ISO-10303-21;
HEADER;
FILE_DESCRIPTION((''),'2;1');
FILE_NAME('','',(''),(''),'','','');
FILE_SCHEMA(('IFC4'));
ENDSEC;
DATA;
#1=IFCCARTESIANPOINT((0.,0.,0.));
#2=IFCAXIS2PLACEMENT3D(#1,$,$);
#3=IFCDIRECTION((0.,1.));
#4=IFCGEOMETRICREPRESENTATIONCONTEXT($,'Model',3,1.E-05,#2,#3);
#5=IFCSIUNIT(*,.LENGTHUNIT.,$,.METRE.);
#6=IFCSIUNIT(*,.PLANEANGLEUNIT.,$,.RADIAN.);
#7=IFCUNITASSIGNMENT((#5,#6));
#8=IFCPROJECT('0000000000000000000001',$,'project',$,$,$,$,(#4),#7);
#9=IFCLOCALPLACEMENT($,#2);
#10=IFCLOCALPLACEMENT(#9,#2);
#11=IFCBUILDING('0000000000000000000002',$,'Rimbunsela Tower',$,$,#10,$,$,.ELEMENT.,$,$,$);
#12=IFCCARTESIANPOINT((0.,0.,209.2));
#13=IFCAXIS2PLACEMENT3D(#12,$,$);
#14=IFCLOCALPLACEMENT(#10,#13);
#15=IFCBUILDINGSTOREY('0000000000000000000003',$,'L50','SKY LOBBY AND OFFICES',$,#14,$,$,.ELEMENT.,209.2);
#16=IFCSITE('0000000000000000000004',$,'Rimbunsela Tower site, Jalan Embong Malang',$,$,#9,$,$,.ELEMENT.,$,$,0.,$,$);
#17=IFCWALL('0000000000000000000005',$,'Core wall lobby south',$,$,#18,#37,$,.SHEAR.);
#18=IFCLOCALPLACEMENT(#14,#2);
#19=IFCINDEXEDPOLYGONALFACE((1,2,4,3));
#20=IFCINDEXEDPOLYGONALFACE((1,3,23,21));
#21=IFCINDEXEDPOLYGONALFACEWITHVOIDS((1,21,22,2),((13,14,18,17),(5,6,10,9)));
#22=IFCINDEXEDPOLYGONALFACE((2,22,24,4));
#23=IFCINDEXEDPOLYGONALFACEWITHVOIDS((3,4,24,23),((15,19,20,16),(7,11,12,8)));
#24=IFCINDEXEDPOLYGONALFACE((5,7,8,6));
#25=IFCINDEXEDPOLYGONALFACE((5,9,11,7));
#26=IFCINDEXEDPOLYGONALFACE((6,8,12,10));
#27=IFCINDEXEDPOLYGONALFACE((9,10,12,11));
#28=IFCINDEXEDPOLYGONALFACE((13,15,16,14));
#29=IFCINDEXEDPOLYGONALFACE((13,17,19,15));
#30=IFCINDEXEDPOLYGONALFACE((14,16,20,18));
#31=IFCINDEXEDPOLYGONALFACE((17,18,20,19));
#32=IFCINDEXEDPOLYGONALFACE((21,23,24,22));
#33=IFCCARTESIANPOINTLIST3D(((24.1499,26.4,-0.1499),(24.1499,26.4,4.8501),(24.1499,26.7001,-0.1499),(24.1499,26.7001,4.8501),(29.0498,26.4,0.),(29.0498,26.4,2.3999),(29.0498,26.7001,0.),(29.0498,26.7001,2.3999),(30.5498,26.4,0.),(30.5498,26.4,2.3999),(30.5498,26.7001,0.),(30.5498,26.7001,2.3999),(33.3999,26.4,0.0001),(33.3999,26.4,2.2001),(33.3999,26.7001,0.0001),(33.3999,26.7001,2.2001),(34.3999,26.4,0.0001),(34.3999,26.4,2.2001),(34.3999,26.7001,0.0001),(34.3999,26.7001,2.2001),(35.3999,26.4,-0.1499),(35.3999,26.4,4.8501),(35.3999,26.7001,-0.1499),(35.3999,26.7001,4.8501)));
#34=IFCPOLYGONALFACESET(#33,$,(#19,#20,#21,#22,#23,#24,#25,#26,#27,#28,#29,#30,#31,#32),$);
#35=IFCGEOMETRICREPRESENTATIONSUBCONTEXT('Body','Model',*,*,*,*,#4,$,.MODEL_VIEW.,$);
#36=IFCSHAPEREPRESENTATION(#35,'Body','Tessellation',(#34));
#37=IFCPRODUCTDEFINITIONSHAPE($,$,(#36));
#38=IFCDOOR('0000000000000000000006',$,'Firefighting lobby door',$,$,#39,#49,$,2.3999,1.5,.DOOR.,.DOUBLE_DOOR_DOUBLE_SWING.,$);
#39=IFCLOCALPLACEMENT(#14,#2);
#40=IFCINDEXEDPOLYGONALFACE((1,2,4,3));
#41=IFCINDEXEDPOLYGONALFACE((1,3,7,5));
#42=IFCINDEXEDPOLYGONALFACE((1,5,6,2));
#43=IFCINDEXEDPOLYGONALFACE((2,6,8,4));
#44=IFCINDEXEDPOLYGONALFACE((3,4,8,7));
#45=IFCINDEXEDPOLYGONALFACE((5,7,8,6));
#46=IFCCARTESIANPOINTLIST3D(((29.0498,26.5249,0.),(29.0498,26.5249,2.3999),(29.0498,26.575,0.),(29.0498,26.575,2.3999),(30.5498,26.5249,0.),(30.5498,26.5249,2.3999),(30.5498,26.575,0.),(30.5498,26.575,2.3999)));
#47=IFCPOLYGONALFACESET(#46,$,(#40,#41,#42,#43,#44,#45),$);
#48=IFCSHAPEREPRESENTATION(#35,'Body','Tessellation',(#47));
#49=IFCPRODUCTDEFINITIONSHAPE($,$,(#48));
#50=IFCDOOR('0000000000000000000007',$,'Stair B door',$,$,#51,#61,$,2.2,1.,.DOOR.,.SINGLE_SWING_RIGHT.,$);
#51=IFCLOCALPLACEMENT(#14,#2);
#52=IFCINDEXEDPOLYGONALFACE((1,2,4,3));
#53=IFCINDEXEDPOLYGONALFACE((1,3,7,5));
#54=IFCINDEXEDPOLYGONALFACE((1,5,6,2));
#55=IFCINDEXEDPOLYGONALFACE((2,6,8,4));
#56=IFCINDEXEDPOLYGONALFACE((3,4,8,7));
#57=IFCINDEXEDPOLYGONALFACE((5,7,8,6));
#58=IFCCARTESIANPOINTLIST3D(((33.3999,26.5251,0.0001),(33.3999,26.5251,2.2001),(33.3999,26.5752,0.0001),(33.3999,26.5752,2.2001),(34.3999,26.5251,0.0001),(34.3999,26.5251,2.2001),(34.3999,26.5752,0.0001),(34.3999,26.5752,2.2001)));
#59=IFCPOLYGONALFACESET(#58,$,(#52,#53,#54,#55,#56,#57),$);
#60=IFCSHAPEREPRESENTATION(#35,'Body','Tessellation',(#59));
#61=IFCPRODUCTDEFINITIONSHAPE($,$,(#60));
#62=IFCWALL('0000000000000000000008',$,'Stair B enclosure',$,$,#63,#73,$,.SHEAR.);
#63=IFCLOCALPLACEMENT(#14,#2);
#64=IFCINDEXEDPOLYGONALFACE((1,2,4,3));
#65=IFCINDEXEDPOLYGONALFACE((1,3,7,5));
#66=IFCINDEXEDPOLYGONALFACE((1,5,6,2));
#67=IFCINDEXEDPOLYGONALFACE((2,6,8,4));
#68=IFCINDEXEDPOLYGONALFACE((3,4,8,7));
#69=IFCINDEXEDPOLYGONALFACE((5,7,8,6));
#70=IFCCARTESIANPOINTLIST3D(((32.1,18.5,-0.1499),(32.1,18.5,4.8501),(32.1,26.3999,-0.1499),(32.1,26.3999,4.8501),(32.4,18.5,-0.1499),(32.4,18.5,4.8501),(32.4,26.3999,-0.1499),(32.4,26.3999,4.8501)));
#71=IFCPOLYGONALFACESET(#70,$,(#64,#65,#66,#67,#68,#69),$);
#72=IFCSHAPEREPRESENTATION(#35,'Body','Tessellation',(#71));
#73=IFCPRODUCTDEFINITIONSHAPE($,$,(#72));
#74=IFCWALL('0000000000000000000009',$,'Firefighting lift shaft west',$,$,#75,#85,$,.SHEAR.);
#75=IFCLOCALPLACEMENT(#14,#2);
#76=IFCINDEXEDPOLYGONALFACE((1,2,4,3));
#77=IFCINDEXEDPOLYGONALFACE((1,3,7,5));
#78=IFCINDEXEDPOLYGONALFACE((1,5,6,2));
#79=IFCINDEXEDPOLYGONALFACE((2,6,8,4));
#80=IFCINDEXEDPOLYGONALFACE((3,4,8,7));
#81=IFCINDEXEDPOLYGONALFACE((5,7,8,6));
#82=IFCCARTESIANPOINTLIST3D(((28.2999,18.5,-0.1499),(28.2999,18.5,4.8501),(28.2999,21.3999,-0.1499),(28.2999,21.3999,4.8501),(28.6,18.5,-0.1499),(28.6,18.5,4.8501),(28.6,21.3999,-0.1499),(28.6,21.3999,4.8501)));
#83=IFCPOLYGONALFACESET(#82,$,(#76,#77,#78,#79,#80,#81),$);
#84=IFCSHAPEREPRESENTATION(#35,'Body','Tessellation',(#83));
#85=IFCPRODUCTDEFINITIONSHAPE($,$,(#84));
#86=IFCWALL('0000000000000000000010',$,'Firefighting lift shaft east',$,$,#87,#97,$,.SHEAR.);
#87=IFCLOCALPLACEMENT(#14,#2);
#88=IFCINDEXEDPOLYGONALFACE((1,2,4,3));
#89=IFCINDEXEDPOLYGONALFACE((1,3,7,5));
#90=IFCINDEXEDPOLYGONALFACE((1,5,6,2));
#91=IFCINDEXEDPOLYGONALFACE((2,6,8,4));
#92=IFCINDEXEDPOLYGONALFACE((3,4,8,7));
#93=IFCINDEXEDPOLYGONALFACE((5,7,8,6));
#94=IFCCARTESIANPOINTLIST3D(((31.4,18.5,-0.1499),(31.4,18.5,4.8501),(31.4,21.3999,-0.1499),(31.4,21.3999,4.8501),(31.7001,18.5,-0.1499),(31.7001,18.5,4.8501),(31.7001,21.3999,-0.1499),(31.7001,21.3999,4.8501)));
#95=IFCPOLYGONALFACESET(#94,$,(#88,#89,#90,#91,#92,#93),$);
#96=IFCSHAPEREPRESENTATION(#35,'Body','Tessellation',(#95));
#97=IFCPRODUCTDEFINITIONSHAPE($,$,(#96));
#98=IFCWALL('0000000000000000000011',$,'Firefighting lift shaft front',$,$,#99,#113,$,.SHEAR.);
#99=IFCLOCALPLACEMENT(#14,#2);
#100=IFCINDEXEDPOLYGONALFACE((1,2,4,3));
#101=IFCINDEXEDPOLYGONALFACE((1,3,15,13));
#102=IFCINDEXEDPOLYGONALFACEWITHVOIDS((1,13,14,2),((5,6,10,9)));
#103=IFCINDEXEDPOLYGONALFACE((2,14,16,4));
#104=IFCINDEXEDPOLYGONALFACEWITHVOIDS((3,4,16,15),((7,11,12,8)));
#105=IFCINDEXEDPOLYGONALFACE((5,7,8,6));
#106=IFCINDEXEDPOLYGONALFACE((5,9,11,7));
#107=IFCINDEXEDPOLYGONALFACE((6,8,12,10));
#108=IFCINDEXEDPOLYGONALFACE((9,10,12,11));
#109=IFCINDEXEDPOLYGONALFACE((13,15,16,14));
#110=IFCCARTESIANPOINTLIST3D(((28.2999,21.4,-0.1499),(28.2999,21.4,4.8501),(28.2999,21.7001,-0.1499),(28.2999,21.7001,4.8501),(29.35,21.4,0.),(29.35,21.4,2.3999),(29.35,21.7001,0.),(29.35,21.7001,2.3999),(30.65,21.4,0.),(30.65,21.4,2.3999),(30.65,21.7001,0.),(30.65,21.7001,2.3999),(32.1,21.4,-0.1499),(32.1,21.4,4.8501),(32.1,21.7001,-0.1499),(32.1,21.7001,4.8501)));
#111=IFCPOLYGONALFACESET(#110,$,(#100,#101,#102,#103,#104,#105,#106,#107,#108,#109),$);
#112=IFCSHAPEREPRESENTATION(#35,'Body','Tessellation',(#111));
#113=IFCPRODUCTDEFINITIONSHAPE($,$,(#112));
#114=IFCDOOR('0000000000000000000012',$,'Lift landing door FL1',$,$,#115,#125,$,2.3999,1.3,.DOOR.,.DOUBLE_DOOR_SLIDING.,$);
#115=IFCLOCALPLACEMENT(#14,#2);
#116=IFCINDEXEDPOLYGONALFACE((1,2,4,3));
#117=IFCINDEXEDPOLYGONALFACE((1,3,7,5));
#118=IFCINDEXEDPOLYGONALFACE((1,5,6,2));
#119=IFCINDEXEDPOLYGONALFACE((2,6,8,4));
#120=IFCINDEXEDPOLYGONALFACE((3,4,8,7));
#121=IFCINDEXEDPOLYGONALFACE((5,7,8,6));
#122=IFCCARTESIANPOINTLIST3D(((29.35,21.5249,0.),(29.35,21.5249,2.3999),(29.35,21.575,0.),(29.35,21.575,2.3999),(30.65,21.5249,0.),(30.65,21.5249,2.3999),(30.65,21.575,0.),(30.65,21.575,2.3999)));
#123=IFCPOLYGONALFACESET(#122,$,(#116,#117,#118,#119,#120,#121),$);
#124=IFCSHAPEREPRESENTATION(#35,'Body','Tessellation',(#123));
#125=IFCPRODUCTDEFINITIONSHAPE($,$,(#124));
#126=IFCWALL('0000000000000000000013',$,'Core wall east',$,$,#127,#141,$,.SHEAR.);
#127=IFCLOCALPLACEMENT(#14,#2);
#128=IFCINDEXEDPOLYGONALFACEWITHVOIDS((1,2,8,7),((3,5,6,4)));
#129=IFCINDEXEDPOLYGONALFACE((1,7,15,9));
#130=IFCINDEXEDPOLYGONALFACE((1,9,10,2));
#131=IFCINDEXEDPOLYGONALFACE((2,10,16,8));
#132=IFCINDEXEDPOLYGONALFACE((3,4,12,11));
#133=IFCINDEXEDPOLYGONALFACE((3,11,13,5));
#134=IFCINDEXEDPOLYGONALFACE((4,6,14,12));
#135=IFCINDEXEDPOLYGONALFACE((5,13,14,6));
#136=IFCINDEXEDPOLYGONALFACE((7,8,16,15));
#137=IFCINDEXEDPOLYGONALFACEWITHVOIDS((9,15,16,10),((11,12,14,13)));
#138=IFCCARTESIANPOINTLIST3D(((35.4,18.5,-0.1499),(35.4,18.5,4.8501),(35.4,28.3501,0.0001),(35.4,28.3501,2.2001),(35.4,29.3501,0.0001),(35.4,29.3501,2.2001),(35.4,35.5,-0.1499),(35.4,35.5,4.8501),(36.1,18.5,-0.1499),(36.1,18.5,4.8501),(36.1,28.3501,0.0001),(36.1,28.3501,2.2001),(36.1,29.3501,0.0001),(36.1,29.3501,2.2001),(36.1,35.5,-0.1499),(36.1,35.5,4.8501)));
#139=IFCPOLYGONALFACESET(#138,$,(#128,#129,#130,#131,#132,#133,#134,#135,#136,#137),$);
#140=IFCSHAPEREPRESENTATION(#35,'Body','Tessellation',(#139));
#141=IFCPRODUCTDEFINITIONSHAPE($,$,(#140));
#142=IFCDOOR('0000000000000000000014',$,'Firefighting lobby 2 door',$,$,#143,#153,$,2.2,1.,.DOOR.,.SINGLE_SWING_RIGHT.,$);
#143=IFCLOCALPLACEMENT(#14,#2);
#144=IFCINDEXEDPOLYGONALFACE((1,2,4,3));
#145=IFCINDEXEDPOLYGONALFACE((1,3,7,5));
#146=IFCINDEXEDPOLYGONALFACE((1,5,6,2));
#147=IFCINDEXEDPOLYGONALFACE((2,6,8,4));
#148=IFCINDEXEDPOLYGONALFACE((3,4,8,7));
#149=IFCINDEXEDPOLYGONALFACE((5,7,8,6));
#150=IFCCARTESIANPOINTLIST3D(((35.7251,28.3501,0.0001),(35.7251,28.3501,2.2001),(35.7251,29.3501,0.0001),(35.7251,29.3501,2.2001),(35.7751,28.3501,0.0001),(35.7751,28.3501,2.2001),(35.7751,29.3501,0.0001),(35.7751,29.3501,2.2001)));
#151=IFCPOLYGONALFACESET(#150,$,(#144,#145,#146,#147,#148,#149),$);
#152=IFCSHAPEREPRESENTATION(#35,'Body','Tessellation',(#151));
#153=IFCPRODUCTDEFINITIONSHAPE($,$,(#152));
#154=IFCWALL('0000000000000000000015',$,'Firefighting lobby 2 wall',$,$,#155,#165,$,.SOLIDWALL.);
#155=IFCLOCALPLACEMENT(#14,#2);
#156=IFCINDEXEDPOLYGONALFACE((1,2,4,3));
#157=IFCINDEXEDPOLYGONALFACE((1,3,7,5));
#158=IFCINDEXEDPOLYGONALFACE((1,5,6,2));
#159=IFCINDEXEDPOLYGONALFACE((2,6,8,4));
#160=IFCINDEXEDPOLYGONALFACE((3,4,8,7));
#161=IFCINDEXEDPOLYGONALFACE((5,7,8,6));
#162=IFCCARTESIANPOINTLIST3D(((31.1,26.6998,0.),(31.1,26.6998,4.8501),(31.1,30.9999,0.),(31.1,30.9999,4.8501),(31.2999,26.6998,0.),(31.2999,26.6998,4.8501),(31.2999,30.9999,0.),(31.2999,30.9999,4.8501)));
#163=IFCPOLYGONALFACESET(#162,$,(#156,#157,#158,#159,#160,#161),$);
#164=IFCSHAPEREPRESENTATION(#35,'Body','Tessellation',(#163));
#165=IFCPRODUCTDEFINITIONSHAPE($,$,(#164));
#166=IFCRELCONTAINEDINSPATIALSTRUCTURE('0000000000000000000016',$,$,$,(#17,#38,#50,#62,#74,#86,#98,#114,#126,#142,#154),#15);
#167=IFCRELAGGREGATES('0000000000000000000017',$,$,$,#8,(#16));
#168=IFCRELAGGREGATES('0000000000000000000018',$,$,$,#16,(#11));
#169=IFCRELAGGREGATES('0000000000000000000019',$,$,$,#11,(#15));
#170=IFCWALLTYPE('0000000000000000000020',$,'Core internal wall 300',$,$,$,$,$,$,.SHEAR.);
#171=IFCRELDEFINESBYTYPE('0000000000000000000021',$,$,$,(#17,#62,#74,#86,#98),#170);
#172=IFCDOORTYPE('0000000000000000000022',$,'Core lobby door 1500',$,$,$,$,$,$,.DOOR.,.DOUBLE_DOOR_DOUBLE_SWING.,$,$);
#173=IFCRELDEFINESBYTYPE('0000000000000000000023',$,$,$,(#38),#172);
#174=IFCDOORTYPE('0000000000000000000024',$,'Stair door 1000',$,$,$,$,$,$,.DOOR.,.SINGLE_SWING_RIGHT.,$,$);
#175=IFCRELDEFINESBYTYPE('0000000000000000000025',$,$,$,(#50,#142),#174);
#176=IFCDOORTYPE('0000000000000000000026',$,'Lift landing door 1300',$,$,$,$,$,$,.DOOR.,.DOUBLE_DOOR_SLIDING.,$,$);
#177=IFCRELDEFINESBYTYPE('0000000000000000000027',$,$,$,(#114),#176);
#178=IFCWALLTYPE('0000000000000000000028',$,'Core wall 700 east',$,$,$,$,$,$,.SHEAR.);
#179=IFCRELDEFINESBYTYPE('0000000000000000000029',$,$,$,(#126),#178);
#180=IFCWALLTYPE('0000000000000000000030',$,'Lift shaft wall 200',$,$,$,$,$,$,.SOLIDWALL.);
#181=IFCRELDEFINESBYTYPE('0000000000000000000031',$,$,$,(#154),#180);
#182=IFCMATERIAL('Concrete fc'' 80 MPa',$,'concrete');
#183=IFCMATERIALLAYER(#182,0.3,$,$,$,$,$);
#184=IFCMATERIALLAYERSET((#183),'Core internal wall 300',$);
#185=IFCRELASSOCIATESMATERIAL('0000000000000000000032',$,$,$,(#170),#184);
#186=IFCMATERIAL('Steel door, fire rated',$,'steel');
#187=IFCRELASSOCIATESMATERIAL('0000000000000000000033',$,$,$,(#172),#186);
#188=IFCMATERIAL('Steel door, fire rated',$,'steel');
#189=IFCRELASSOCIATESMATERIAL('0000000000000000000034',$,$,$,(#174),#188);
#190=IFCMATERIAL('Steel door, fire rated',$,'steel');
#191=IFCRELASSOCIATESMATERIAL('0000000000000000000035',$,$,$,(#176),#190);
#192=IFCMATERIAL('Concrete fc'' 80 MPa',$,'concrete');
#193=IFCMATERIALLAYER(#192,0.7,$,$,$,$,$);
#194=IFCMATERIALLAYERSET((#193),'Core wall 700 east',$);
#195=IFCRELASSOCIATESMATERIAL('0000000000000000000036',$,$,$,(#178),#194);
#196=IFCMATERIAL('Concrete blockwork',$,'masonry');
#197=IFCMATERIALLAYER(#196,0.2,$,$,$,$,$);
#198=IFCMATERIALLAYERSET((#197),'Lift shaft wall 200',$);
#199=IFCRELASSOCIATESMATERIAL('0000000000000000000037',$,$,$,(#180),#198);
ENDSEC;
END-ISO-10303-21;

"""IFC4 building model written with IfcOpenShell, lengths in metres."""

from ifc_helpers import new_model, si_unit, direction, frame, frame_2d, origin, place, context, subcontext, project, spatial, rectangle, extrude, material, layer, layer_set, type_object, element, fill, save


model = new_model("IFC4")

# Units and contexts
model_context = context("Model", 3, precision=1e-05, world=origin(), true_north=direction((0.0, 1.0)))
body_context = subcontext(model_context, "Body", "Model", "MODEL_VIEW")
ifc_project = project(units=[si_unit("LENGTHUNIT", "METRE"), si_unit("PLANEANGLEUNIT", "RADIAN")], contexts=[model_context])

# Site, building, storey
site_placement = place(None, origin())
site = spatial("IfcSite", under=ifc_project, at=site_placement, Name="Rimbunsela Tower site, Jalan Embong Malang", CompositionType="ELEMENT", RefElevation=0.0)
building_placement = place(site_placement, origin())
building = spatial("IfcBuilding", under=site, at=building_placement, Name="Rimbunsela Tower", CompositionType="ELEMENT")
storey_placement = place(building_placement, frame((0.0, 0.0, 209.2)))
storey = spatial("IfcBuildingStorey", under=building, at=storey_placement, Name="L50", Description="SKY LOBBY AND OFFICES", CompositionType="ELEMENT", Elevation=209.2)

# Wall, openings, doors
ifc_material_1 = material(Name="Concrete fc' 80 MPa", Category="concrete")
ifc_layer_1 = layer(ifc_material_1, 0.3)
ifc_layer_set_1 = layer_set([ifc_layer_1], Name="Core internal wall 300")
wall_type_1 = type_object("IfcWallType", Name="Core internal wall 300", PredefinedType="SHEAR", material=ifc_layer_set_1)
wall_1_placement = place(storey_placement, frame((24.1499, 26.55, -0.1499), z_axis=(0.0, 0.0, 1.0), x_axis=(1.0, 0.0, 0.0)))
wall_1 = element("IfcWall", 1, at=wall_1_placement, inside=storey, type_object=wall_type_1, Name="Core wall lobby south", PredefinedType="SHEAR", context=body_context, shape_type="SweptSolid", body=[
    extrude(rectangle(XDim=11.25, YDim=0.3, at=frame_2d((5.625, 0.0))), origin(), (0.0, 0.0, 1.0), 5.0),
])
opening_1_placement = place(wall_1_placement, frame((9.25, 0.0, 0.1499)))
opening_1 = element("IfcOpeningElement", 2, at=opening_1_placement, cuts=wall_1, PredefinedType="OPENING", context=body_context, shape_type="SweptSolid", body=[
    extrude(rectangle(XDim=1.0, YDim=2.2, at=frame_2d((0.5, 1.1001))), frame((0.0, 0.1599, 0.0), z_axis=(0.0, -1.0, 0.0), x_axis=(1.0, 0.0, 0.0)), (0.0, 0.0, 1.0), 0.3201),
])
opening_2_placement = place(wall_1_placement, frame((4.8999, 0.0, 0.1499)))
opening_2 = element("IfcOpeningElement", 3, at=opening_2_placement, cuts=wall_1, PredefinedType="OPENING", context=body_context, shape_type="SweptSolid", body=[
    extrude(rectangle(XDim=1.5, YDim=2.3999, at=frame_2d((0.75, 1.2))), frame((0.0, 0.1599, 0.0), z_axis=(0.0, -1.0, 0.0), x_axis=(1.0, 0.0, 0.0)), (0.0, 0.0, 1.0), 0.3201),
])
ifc_material_2 = material(Name="Steel door, fire rated", Category="steel")
door_type_1 = type_object("IfcDoorType", Name="Core lobby door 1500", OperationType="DOUBLE_DOOR_DOUBLE_SWING", PredefinedType="DOOR", material=ifc_material_2)
door_1_placement = place(opening_2_placement, origin())
door_1 = element("IfcDoor", 4, at=door_1_placement, inside=storey, type_object=door_type_1, Name="Firefighting lobby door", OperationType="DOUBLE_DOOR_DOUBLE_SWING", OverallHeight=2.3999, OverallWidth=1.5, PredefinedType="DOOR", context=body_context, shape_type="SweptSolid", body=[
    extrude(rectangle(XDim=1.5, YDim=2.3999, at=frame_2d((0.75, 1.2))), frame((0.0, 0.0249, 0.0), z_axis=(0.0, -1.0, 0.0), x_axis=(1.0, 0.0, 0.0)), (0.0, 0.0, 1.0), 0.05),
])
fill(opening_2, door_1)
ifc_material_3 = material(Name="Steel door, fire rated", Category="steel")
door_type_2 = type_object("IfcDoorType", Name="Stair door 1000", OperationType="SINGLE_SWING_RIGHT", PredefinedType="DOOR", material=ifc_material_3)
door_2_placement = place(opening_1_placement, frame((1.0, 0.0, 0.0), z_axis=(0.0, 0.0, 1.0), x_axis=(-1.0, 0.0, 0.0)))
door_2 = element("IfcDoor", 5, at=door_2_placement, inside=storey, type_object=door_type_2, Name="Stair B door", OperationType="SINGLE_SWING_RIGHT", OverallHeight=2.2, OverallWidth=1.0, PredefinedType="DOOR", context=body_context, shape_type="SweptSolid", body=[
    extrude(rectangle(XDim=1.0, YDim=2.2, at=frame_2d((0.5, 1.1001))), frame((0.0, 0.0249, 0.0), z_axis=(0.0, -1.0, 0.0), x_axis=(1.0, 0.0, 0.0)), (0.0, 0.0, 1.0), 0.05),
])
fill(opening_1, door_2)

# Walls
wall_2_placement = place(storey_placement, frame((32.25, 18.5, -0.1499), z_axis=(0.0, 0.0, 1.0), x_axis=(0.0, 1.0, 0.0)))
element("IfcWall", 6, at=wall_2_placement, inside=storey, type_object=wall_type_1, Name="Stair B enclosure", PredefinedType="SHEAR", context=body_context, shape_type="SweptSolid", body=[
    extrude(rectangle(XDim=7.8999, YDim=0.3, at=frame_2d((3.95, 0.0))), origin(), (0.0, 0.0, 1.0), 5.0),
])
for number, where, z_axis, x_axis, name in (
    (7, (28.45, 18.5, -0.1499), (0.0, 0.0, 1.0), (0.0, 1.0, 0.0), "Firefighting lift shaft west"),
    (8, (31.55, 18.5, -0.1499), (0.0, 0.0, 1.0), (0.0, 1.0, 0.0), "Firefighting lift shaft east"),
):
    element("IfcWall", number, at=place(storey_placement, frame(where, z_axis=z_axis, x_axis=x_axis)), inside=storey, type_object=wall_type_1, Name=name, PredefinedType="SHEAR", context=body_context, shape_type="SweptSolid", body=[
        extrude(rectangle(XDim=2.8999, YDim=0.3, at=frame_2d((1.45, 0.0))), origin(), (0.0, 0.0, 1.0), 5.0),
    ])

# Walls, openings, doors
wall_3_placement = place(storey_placement, frame((28.3, 21.55, -0.1499), z_axis=(0.0, 0.0, 1.0), x_axis=(1.0, 0.0, 0.0)))
wall_3 = element("IfcWall", 9, at=wall_3_placement, inside=storey, type_object=wall_type_1, Name="Firefighting lift shaft front", PredefinedType="SHEAR", context=body_context, shape_type="SweptSolid", body=[
    extrude(rectangle(XDim=3.8, YDim=0.3, at=frame_2d((1.8999, 0.0))), origin(), (0.0, 0.0, 1.0), 5.0),
])
opening_3_placement = place(wall_3_placement, frame((1.05, 0.0, 0.1499)))
opening_3 = element("IfcOpeningElement", 10, at=opening_3_placement, cuts=wall_3, PredefinedType="OPENING", context=body_context, shape_type="SweptSolid", body=[
    extrude(rectangle(XDim=1.3, YDim=2.3999, at=frame_2d((0.6499, 1.2))), frame((0.0, 0.1599, 0.0), z_axis=(0.0, -1.0, 0.0), x_axis=(1.0, 0.0, 0.0)), (0.0, 0.0, 1.0), 0.3201),
])
ifc_material_4 = material(Name="Steel door, fire rated", Category="steel")
door_type_3 = type_object("IfcDoorType", Name="Lift landing door 1300", OperationType="DOUBLE_DOOR_SLIDING", PredefinedType="DOOR", material=ifc_material_4)
door_3_placement = place(opening_3_placement, origin())
door_3 = element("IfcDoor", 11, at=door_3_placement, inside=storey, type_object=door_type_3, Name="Lift landing door FL1", OperationType="DOUBLE_DOOR_SLIDING", OverallHeight=2.3999, OverallWidth=1.3, PredefinedType="DOOR", context=body_context, shape_type="SweptSolid", body=[
    extrude(rectangle(XDim=1.3, YDim=2.3999, at=frame_2d((0.6499, 1.2))), frame((0.0, 0.0249, 0.0), z_axis=(0.0, -1.0, 0.0), x_axis=(1.0, 0.0, 0.0)), (0.0, 0.0, 1.0), 0.05),
])
fill(opening_3, door_3)
ifc_material_5 = material(Name="Concrete fc' 80 MPa", Category="concrete")
ifc_layer_2 = layer(ifc_material_5, 0.7)
ifc_layer_set_2 = layer_set([ifc_layer_2], Name="Core wall 700 east")
wall_type_2 = type_object("IfcWallType", Name="Core wall 700 east", PredefinedType="SHEAR", material=ifc_layer_set_2)
wall_4_placement = place(storey_placement, frame((35.75, 18.5, -0.1499), z_axis=(0.0, 0.0, 1.0), x_axis=(0.0, 1.0, 0.0)))
wall_4 = element("IfcWall", 12, at=wall_4_placement, inside=storey, type_object=wall_type_2, Name="Core wall east", PredefinedType="SHEAR", context=body_context, shape_type="SweptSolid", body=[
    extrude(rectangle(XDim=17.0, YDim=0.7, at=frame_2d((8.5, 0.0))), origin(), (0.0, 0.0, 1.0), 5.0),
])
opening_4_placement = place(wall_4_placement, frame((9.8501, 0.0, 0.1499)))
opening_4 = element("IfcOpeningElement", 13, at=opening_4_placement, cuts=wall_4, PredefinedType="OPENING", context=body_context, shape_type="SweptSolid", body=[
    extrude(rectangle(XDim=1.0, YDim=2.2, at=frame_2d((0.5, 1.1001))), frame((0.0, 0.3599, 0.0), z_axis=(0.0, -1.0, 0.0), x_axis=(1.0, 0.0, 0.0)), (0.0, 0.0, 1.0), 0.72),
])
door_4_placement = place(opening_4_placement, origin())
door_4 = element("IfcDoor", 14, at=door_4_placement, inside=storey, type_object=door_type_2, Name="Firefighting lobby 2 door", OperationType="SINGLE_SWING_RIGHT", OverallHeight=2.2, OverallWidth=1.0, PredefinedType="DOOR", context=body_context, shape_type="SweptSolid", body=[
    extrude(rectangle(XDim=1.0, YDim=2.2, at=frame_2d((0.5, 1.1001))), frame((0.0, 0.0249, 0.0), z_axis=(0.0, -1.0, 0.0), x_axis=(1.0, 0.0, 0.0)), (0.0, 0.0, 1.0), 0.05),
])
fill(opening_4, door_4)

# Wall
ifc_material_6 = material(Name="Concrete blockwork", Category="masonry")
ifc_layer_3 = layer(ifc_material_6, 0.2)
ifc_layer_set_3 = layer_set([ifc_layer_3], Name="Lift shaft wall 200")
wall_type_3 = type_object("IfcWallType", Name="Lift shaft wall 200", PredefinedType="SOLIDWALL", material=ifc_layer_set_3)
wall_5_placement = place(storey_placement, frame((31.2, 26.7, 0.0), z_axis=(0.0, 0.0, 1.0), x_axis=(0.0, 1.0, 0.0)))
element("IfcWall", 15, at=wall_5_placement, inside=storey, type_object=wall_type_3, Name="Firefighting lobby 2 wall", PredefinedType="SOLIDWALL", context=body_context, shape_type="SweptSolid", body=[
    extrude(rectangle(XDim=4.3, YDim=0.2, at=frame_2d((2.1499, 0.0))), origin(), (0.0, 0.0, 1.0), 4.8501),
])

save(model, "model.ifc")
